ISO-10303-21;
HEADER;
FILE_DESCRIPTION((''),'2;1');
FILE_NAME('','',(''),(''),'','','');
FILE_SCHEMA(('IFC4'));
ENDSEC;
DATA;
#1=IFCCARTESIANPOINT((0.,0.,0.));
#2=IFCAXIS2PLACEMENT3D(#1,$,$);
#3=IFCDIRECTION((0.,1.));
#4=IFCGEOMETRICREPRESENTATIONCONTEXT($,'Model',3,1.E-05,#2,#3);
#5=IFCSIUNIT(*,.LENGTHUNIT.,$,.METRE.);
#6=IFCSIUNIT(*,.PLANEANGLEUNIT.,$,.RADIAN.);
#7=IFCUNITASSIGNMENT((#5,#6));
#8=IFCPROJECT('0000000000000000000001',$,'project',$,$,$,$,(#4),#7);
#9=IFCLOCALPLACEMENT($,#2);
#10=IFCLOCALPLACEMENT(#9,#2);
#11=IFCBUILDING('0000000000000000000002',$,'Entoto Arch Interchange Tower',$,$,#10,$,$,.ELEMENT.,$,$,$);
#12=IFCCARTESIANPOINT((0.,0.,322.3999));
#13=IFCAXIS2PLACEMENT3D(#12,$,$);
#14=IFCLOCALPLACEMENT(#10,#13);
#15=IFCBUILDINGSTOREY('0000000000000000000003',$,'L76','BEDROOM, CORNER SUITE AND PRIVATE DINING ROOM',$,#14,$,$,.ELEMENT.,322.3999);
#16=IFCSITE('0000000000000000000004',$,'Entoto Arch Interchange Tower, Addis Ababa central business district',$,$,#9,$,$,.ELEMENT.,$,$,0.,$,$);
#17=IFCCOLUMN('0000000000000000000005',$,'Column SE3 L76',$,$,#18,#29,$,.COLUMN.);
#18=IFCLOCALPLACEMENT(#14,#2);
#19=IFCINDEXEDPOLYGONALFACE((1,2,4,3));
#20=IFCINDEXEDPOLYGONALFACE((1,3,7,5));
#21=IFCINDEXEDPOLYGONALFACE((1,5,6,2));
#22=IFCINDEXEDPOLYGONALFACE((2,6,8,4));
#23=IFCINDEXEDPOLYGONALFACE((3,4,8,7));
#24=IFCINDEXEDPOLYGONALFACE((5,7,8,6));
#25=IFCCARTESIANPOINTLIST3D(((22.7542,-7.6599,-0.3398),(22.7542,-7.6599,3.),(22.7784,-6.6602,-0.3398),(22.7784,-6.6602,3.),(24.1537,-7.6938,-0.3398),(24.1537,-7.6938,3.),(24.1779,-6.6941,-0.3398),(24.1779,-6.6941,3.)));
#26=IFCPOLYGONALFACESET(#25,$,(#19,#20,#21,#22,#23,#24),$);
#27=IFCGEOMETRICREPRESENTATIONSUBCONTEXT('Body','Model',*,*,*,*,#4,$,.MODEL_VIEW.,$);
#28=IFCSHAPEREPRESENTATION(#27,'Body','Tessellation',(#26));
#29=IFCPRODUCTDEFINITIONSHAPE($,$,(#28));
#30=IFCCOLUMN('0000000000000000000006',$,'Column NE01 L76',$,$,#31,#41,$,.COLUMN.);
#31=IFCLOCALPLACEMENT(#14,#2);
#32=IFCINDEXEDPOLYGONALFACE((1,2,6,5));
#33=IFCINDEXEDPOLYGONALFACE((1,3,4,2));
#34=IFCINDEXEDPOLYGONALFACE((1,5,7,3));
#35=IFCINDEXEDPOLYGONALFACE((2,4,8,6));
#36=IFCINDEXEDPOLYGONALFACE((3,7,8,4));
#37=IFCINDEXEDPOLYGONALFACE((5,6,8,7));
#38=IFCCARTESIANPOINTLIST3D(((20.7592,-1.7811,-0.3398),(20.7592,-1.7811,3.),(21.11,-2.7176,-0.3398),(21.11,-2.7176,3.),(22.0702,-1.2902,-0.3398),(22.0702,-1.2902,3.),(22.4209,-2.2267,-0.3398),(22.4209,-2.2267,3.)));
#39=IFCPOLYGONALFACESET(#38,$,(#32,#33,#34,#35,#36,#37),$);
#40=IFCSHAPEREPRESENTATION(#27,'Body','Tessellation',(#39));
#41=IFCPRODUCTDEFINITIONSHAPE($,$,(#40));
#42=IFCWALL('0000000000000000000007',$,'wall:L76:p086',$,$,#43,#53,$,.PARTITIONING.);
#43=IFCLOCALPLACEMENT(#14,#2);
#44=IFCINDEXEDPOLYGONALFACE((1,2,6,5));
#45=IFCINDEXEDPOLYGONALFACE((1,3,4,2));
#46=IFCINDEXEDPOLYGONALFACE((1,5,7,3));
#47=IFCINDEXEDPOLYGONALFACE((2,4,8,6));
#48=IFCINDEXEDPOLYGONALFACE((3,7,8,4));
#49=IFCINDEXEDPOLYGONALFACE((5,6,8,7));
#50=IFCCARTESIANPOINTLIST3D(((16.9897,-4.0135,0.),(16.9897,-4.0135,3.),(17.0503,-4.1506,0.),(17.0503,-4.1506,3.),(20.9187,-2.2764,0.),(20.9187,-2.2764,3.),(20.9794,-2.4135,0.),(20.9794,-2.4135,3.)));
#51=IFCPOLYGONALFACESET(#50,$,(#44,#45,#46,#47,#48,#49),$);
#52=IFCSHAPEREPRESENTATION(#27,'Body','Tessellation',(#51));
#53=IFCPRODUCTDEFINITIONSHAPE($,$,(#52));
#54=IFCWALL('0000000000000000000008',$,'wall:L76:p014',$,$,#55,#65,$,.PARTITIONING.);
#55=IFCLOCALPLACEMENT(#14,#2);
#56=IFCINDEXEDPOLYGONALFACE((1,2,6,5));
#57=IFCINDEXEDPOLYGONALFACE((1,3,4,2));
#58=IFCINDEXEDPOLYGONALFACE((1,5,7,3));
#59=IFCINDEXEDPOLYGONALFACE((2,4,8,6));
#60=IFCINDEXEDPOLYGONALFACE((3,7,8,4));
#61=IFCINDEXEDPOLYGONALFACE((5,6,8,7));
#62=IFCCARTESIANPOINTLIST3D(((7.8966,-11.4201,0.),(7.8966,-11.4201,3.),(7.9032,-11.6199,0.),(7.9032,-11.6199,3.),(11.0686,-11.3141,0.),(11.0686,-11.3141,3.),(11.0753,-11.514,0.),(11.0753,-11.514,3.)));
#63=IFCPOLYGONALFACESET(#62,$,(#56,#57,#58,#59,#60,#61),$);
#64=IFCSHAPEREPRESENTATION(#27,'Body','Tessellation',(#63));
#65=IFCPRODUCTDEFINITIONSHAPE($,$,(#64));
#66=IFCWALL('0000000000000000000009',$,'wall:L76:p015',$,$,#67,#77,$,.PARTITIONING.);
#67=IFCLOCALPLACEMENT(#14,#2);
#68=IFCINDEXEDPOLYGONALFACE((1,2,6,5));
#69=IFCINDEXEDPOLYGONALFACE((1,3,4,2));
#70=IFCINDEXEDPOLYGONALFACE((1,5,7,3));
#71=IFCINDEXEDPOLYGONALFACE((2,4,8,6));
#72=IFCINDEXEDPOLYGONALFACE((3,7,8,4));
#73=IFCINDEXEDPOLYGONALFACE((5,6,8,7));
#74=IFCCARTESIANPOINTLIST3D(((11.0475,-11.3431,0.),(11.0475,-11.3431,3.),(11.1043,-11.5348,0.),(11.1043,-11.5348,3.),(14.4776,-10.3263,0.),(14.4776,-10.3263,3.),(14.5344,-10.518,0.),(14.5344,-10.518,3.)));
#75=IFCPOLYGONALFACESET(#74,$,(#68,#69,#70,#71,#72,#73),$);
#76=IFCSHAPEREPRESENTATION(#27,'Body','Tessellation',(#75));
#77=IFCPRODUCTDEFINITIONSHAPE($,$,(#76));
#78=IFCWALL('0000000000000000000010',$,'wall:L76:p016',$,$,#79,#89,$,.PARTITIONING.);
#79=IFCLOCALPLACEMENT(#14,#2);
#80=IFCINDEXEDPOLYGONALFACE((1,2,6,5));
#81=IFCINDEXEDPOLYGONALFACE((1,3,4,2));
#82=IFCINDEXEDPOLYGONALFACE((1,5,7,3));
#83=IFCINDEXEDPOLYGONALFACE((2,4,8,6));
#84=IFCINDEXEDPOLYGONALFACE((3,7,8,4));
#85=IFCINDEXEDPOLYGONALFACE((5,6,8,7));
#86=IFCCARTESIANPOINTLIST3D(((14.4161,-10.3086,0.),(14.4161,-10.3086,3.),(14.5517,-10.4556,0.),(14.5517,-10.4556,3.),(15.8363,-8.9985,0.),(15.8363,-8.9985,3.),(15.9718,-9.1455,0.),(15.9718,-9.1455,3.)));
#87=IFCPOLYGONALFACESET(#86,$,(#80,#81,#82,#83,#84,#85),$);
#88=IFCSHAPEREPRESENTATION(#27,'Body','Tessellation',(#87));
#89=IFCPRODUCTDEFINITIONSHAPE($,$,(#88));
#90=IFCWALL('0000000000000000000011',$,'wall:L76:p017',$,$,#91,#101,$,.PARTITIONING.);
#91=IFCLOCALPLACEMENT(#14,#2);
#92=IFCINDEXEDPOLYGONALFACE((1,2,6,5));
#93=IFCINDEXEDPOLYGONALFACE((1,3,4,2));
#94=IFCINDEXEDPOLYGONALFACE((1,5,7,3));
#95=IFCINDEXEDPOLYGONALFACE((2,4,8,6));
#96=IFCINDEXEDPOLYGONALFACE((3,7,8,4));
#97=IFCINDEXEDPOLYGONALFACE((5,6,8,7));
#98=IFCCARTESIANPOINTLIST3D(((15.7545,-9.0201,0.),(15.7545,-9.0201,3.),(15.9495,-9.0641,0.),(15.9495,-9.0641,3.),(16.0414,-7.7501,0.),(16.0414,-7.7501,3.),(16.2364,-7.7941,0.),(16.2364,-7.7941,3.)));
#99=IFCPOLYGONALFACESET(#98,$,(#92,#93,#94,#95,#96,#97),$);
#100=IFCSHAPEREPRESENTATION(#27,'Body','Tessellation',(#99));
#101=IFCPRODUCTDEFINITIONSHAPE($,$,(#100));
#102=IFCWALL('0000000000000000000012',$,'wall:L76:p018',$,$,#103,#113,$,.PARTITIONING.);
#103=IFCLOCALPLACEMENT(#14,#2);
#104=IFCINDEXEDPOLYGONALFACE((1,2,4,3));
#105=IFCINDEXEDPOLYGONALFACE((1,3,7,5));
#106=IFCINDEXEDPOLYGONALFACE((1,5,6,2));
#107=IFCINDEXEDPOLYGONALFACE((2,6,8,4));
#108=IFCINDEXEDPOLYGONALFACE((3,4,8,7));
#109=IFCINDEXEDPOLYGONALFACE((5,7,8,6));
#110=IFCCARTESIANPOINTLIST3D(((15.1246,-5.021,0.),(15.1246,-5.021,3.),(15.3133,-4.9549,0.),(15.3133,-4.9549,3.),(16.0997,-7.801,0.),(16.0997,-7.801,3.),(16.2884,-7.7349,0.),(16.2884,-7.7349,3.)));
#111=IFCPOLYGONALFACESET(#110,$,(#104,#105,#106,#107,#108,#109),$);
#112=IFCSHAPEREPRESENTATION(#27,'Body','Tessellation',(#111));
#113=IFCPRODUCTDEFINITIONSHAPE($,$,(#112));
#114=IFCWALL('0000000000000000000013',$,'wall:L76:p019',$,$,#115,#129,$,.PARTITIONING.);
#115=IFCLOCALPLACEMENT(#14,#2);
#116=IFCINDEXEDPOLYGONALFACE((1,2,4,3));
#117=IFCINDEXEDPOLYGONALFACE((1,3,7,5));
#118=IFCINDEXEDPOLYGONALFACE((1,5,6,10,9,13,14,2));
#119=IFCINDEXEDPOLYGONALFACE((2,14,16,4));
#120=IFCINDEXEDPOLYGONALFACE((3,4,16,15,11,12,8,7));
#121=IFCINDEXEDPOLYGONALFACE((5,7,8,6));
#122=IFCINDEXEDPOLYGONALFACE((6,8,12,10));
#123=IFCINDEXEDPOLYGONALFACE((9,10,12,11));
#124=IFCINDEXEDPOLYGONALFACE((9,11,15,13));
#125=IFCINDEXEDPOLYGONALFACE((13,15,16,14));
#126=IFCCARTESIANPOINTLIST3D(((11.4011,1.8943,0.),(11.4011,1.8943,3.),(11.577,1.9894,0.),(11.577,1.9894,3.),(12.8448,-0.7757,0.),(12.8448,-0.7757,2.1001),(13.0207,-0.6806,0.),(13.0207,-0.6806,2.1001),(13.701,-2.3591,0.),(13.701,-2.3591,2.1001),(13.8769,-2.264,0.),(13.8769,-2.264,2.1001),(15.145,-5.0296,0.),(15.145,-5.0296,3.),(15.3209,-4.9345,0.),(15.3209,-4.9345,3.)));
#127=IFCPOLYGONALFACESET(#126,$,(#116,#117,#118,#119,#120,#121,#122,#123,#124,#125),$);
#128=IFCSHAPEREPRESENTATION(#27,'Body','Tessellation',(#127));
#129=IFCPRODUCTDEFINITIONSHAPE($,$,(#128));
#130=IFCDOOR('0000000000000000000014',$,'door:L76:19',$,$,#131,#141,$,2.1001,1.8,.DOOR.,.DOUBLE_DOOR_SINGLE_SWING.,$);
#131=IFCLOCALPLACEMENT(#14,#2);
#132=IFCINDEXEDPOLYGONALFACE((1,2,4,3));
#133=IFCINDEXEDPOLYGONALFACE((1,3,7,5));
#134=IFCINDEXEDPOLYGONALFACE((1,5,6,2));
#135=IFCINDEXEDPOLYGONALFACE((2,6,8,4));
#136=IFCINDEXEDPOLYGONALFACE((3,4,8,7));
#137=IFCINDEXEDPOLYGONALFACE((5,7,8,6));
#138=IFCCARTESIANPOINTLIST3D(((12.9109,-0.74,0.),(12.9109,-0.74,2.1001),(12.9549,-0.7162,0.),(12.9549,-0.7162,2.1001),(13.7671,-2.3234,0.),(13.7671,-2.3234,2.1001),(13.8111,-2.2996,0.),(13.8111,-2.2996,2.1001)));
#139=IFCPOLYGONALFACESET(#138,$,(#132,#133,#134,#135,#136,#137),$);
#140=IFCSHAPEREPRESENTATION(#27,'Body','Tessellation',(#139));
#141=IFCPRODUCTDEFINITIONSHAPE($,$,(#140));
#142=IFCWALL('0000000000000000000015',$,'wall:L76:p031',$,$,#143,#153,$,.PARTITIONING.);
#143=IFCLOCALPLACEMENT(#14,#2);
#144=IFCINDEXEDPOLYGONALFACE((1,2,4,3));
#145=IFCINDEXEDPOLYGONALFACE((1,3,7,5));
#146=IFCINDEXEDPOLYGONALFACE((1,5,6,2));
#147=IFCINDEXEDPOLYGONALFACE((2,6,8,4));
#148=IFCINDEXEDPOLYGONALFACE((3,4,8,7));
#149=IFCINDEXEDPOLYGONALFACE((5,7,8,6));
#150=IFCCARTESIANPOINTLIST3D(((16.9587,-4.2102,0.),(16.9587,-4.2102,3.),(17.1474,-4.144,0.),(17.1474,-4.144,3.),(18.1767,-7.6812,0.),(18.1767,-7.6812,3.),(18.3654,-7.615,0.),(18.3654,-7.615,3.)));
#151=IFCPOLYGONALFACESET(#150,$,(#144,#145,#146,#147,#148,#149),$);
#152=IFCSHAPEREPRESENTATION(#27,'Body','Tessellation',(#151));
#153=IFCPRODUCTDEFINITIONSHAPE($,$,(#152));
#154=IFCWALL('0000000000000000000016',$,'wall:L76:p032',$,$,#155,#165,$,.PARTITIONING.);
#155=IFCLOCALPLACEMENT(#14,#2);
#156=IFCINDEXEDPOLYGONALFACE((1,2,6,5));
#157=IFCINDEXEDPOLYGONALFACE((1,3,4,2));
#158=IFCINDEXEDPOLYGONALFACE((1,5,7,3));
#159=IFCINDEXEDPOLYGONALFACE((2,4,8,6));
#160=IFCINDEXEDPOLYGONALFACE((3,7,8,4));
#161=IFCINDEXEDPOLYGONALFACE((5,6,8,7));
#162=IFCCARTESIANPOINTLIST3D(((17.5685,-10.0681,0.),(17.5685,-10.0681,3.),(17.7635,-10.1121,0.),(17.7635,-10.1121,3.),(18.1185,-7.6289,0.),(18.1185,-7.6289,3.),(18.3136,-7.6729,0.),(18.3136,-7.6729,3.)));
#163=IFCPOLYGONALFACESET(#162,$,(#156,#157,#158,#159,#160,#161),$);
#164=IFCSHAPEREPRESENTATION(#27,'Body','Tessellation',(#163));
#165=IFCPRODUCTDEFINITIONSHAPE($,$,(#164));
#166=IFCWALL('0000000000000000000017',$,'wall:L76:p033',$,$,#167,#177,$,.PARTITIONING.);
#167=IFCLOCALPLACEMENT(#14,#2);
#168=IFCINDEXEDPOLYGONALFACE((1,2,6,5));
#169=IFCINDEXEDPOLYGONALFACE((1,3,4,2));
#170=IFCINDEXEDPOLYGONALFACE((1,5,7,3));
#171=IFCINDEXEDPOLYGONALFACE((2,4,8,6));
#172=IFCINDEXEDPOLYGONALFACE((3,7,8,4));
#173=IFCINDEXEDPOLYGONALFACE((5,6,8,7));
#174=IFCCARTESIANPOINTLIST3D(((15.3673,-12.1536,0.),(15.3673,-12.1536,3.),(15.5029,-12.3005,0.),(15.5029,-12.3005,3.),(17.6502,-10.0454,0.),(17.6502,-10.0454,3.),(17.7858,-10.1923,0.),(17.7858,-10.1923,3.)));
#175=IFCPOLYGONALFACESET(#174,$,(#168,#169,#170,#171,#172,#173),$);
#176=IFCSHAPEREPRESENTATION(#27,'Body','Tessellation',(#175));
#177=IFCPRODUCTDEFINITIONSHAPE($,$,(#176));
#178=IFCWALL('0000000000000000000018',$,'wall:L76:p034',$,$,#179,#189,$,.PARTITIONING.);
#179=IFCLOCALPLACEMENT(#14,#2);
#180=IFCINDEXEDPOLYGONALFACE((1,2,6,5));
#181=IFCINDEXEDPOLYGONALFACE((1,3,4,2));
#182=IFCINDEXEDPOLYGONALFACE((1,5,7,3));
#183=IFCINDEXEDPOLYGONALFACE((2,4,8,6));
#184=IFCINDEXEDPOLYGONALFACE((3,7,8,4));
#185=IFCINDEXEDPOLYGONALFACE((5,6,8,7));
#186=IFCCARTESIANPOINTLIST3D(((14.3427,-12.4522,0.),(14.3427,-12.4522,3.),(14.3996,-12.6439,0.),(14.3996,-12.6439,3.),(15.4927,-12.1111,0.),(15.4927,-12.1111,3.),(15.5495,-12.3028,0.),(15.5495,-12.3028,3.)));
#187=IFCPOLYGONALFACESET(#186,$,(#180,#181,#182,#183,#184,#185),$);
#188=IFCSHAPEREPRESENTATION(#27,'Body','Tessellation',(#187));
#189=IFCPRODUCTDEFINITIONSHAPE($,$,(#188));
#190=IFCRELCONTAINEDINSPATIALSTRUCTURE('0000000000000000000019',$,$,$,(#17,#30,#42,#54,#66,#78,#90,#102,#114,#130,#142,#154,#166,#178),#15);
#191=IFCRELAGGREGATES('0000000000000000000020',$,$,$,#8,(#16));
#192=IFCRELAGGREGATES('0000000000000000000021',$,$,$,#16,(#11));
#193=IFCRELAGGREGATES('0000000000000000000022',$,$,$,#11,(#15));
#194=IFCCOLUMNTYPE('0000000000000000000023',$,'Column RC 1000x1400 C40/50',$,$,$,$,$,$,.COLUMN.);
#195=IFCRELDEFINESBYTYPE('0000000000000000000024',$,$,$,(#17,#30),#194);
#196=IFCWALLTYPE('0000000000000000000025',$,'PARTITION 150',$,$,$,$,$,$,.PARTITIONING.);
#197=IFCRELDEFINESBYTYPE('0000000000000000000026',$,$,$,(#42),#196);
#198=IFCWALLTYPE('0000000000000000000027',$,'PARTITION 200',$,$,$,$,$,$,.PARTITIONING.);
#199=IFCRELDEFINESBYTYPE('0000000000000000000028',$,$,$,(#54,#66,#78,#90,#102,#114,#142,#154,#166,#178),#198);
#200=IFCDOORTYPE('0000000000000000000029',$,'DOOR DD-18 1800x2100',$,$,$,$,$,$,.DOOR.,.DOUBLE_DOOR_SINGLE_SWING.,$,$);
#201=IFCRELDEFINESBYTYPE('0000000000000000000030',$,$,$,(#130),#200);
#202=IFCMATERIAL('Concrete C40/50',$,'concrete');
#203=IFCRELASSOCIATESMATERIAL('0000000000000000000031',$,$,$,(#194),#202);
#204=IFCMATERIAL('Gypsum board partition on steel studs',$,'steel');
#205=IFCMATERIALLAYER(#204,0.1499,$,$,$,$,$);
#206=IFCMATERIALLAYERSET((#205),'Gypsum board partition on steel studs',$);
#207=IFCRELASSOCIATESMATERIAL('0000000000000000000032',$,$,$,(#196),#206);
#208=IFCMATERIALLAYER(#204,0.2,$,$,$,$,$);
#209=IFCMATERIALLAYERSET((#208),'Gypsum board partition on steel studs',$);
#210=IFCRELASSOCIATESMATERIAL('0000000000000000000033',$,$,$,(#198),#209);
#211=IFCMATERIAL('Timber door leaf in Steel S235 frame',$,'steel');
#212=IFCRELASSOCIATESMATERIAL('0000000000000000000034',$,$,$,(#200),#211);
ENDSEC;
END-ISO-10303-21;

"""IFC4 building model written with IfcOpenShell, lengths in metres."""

from ifc_helpers import new_model, si_unit, direction, frame, frame_2d, origin, origin_2d, place, context, subcontext, project, spatial, rectangle, extrude, material, layer, layer_set, material_profile, profile_set, type_object, element, fill, save


model = new_model("IFC4")

# Units and contexts
model_context = context("Model", 3, precision=1e-05, world=origin(), true_north=direction((0.0, 1.0)))
body_context = subcontext(model_context, "Body", "Model", "MODEL_VIEW")
ifc_project = project(units=[si_unit("LENGTHUNIT", "METRE"), si_unit("PLANEANGLEUNIT", "RADIAN")], contexts=[model_context])

# Site, building, storey
site_placement = place(None, origin())
site = spatial("IfcSite", under=ifc_project, at=site_placement, Name="Entoto Arch Interchange Tower, Addis Ababa central business district", CompositionType="ELEMENT", RefElevation=0.0)
building_placement = place(site_placement, origin())
building = spatial("IfcBuilding", under=site, at=building_placement, Name="Entoto Arch Interchange Tower", CompositionType="ELEMENT")
storey_placement = place(building_placement, frame((0.0, 0.0, 322.3999)))
storey = spatial("IfcBuildingStorey", under=building, at=storey_placement, Name="L76", Description="BEDROOM, CORNER SUITE AND PRIVATE DINING ROOM", CompositionType="ELEMENT", Elevation=322.3999)

# Columns
ifc_material_1 = material(Name="Concrete C40/50", Category="concrete")
ifc_material_profile = material_profile(ifc_material_1, rectangle(XDim=1.0, YDim=1.3999, at=origin_2d()))
ifc_profile_set = profile_set([ifc_material_profile], Name="Concrete C40/50")
column_type = type_object("IfcColumnType", Name="Column RC 1000x1400 C40/50", PredefinedType="COLUMN", material=ifc_profile_set)
for number, where, z_axis, x_axis, name in (
    (1, (23.4661, -7.177, -0.3398), (0.0, 0.0, 1.0), (0.024258, 0.999706, 0.0), "Column SE3 L76"),
    (2, (21.5901, -2.0039, -0.3398), (0.0, 0.0, 1.0), (-0.350714, 0.936483, 0.0), "Column NE01 L76"),
):
    element("IfcColumn", number, at=place(storey_placement, frame(where, z_axis=z_axis, x_axis=x_axis)), inside=storey, type_object=column_type, Name=name, PredefinedType="COLUMN", context=body_context, shape_type="SweptSolid", body=[
        extrude(rectangle(XDim=1.0, YDim=1.3999, at=origin_2d()), origin(), (0.0, 0.0, 1.0), 3.3398),
    ])

# Walls
ifc_material_2 = material(Name="Gypsum board partition on steel studs", Category="steel")
ifc_layer_1 = layer(ifc_material_2, 0.1499)
ifc_layer_set_1 = layer_set([ifc_layer_1], Name="Gypsum board partition on steel studs")
wall_type_1 = type_object("IfcWallType", Name="PARTITION 150", PredefinedType="PARTITIONING", material=ifc_layer_set_1)
wall_1_placement = place(storey_placement, frame((17.02, -4.082, 0.0), z_axis=(0.0, 0.0, 1.0), x_axis=(0.9146, 0.404361, 0.0)))
element("IfcWall", 3, at=wall_1_placement, inside=storey, type_object=wall_type_1, Name="wall:L76:p086", PredefinedType="PARTITIONING", context=body_context, shape_type="SweptSolid", body=[
    extrude(rectangle(XDim=4.2959, YDim=0.1499, at=frame_2d((2.1479, 0.0))), origin(), (0.0, 0.0, 1.0), 3.0),
])
ifc_layer_2 = layer(ifc_material_2, 0.2)
ifc_layer_set_2 = layer_set([ifc_layer_2], Name="Gypsum board partition on steel studs")
wall_type_2 = type_object("IfcWallType", Name="PARTITION 200", PredefinedType="PARTITIONING", material=ifc_layer_set_2)
wall_2_placement = place(storey_placement, frame((7.8999, -11.52, 0.0), z_axis=(0.0, 0.0, 1.0), x_axis=(0.999443, 0.033384, 0.0)))
element("IfcWall", 4, at=wall_2_placement, inside=storey, type_object=wall_type_2, Name="wall:L76:p014", PredefinedType="PARTITIONING", context=body_context, shape_type="SweptSolid", body=[
    extrude(rectangle(XDim=3.1738, YDim=0.2, at=frame_2d((1.5869, 0.0))), origin(), (0.0, 0.0, 1.0), 3.0),
])
wall_3_placement = place(storey_placement, frame((11.0759, -11.439, 0.0), z_axis=(0.0, 0.0, 1.0), x_axis=(0.95876, 0.284216, 0.0)))
element("IfcWall", 5, at=wall_3_placement, inside=storey, type_object=wall_type_2, Name="wall:L76:p015", PredefinedType="PARTITIONING", context=body_context, shape_type="SweptSolid", body=[
    extrude(rectangle(XDim=3.5776, YDim=0.2, at=frame_2d((1.7888, 0.0))), origin(), (0.0, 0.0, 1.0), 3.0),
])
wall_4_placement = place(storey_placement, frame((14.4839, -10.3821, 0.0), z_axis=(0.0, 0.0, 1.0), x_axis=(0.735026, 0.678039, 0.0)))
element("IfcWall", 6, at=wall_4_placement, inside=storey, type_object=wall_type_2, Name="wall:L76:p016", PredefinedType="PARTITIONING", context=body_context, shape_type="SweptSolid", body=[
    extrude(rectangle(XDim=1.9321, YDim=0.2, at=frame_2d((0.9661, 0.0))), origin(), (0.0, 0.0, 1.0), 3.0),
])
wall_5_placement = place(storey_placement, frame((15.8521, -9.042, 0.0), z_axis=(0.0, 0.0, 1.0), x_axis=(0.220324, 0.975427, 0.0)))
element("IfcWall", 7, at=wall_5_placement, inside=storey, type_object=wall_type_2, Name="wall:L76:p017", PredefinedType="PARTITIONING", context=body_context, shape_type="SweptSolid", body=[
    extrude(rectangle(XDim=1.302, YDim=0.2, at=frame_2d((0.6509, 0.0))), origin(), (0.0, 0.0, 1.0), 3.0),
])
wall_6_placement = place(storey_placement, frame((16.1941, -7.7681, 0.0), z_axis=(0.0, 0.0, 1.0), x_axis=(-0.330982, 0.943637, 0.0)))
element("IfcWall", 8, at=wall_6_placement, inside=storey, type_object=wall_type_2, Name="wall:L76:p018", PredefinedType="PARTITIONING", context=body_context, shape_type="SweptSolid", body=[
    extrude(rectangle(XDim=2.946, YDim=0.2, at=frame_2d((1.4731, 0.0))), origin(), (0.0, 0.0, 1.0), 3.0),
])

# Wall, opening, door
wall_7_placement = place(storey_placement, frame((15.2329, -4.9819, 0.0), z_axis=(0.0, 0.0, 1.0), x_axis=(-0.475644, 0.879638, 0.0)))
wall_7 = element("IfcWall", 9, at=wall_7_placement, inside=storey, type_object=wall_type_2, Name="wall:L76:p019", PredefinedType="PARTITIONING", context=body_context, shape_type="SweptSolid", body=[
    extrude(rectangle(XDim=7.8713, YDim=0.2, at=frame_2d((3.9355, 0.0))), origin(), (0.0, 0.0, 1.0), 3.0),
])
opening_1_placement = place(wall_7_placement, frame((3.0359, 0.0, 0.0)))
opening_1 = element("IfcOpeningElement", 10, at=opening_1_placement, cuts=wall_7, PredefinedType="OPENING", context=body_context, shape_type="SweptSolid", body=[
    extrude(rectangle(XDim=1.8, YDim=2.1001, at=frame_2d((0.8999, 1.05))), frame((0.0, 0.1099, 0.0), z_axis=(0.0, -1.0, 0.0), x_axis=(1.0, 0.0, 0.0)), (0.0, 0.0, 1.0), 0.22),
])
ifc_material_3 = material(Name="Timber door leaf in Steel S235 frame", Category="steel")
door_type = type_object("IfcDoorType", Name="DOOR DD-18 1800x2100", OperationType="DOUBLE_DOOR_SINGLE_SWING", PredefinedType="DOOR", material=ifc_material_3)
door_placement = place(opening_1_placement, origin())
door = element("IfcDoor", 11, at=door_placement, inside=storey, type_object=door_type, Name="door:L76:19", OperationType="DOUBLE_DOOR_SINGLE_SWING", OverallHeight=2.1001, OverallWidth=1.8, PredefinedType="DOOR", context=body_context, shape_type="SweptSolid", body=[
    extrude(rectangle(XDim=1.8, YDim=2.1001, at=frame_2d((0.8999, 1.05))), frame((0.0, 0.0249, 0.0), z_axis=(0.0, -1.0, 0.0), x_axis=(1.0, 0.0, 0.0)), (0.0, 0.0, 1.0), 0.05),
])
fill(opening_1, door)

# Walls
wall_8_placement = place(storey_placement, frame((17.053, -4.177, 0.0), z_axis=(0.0, 0.0, 1.0), x_axis=(0.331122, -0.943588, 0.0)))
element("IfcWall", 12, at=wall_8_placement, inside=storey, type_object=wall_type_2, Name="wall:L76:p031", PredefinedType="PARTITIONING", context=body_context, shape_type="SweptSolid", body=[
    extrude(rectangle(XDim=3.6785, YDim=0.2, at=frame_2d((1.8394, 0.0))), origin(), (0.0, 0.0, 1.0), 3.0),
])
wall_9_placement = place(storey_placement, frame((18.2161, -7.6509, 0.0), z_axis=(0.0, 0.0, 1.0), x_axis=(-0.219979, -0.975505, 0.0)))
element("IfcWall", 13, at=wall_9_placement, inside=storey, type_object=wall_type_2, Name="wall:L76:p032", PredefinedType="PARTITIONING", context=body_context, shape_type="SweptSolid", body=[
    extrude(rectangle(XDim=2.5005, YDim=0.2, at=frame_2d((1.2502, 0.0))), origin(), (0.0, 0.0, 1.0), 3.0),
])
wall_10_placement = place(storey_placement, frame((17.718, -10.1189, 0.0), z_axis=(0.0, 0.0, 1.0), x_axis=(-0.734674, -0.67842, 0.0)))
element("IfcWall", 14, at=wall_10_placement, inside=storey, type_object=wall_type_2, Name="wall:L76:p033", PredefinedType="PARTITIONING", context=body_context, shape_type="SweptSolid", body=[
    extrude(rectangle(XDim=3.1074, YDim=0.2, at=frame_2d((1.5537, 0.0))), origin(), (0.0, 0.0, 1.0), 3.0),
])
wall_11_placement = place(storey_placement, frame((15.521, -12.207, 0.0), z_axis=(0.0, 0.0, 1.0), x_axis=(-0.958718, -0.284359, 0.0)))
element("IfcWall", 15, at=wall_11_placement, inside=storey, type_object=wall_type_2, Name="wall:L76:p034", PredefinedType="PARTITIONING", context=body_context, shape_type="SweptSolid", body=[
    extrude(rectangle(XDim=1.1995, YDim=0.2, at=frame_2d((0.5996, 0.0))), origin(), (0.0, 0.0, 1.0), 3.0),
])

save(model, "model.ifc")
